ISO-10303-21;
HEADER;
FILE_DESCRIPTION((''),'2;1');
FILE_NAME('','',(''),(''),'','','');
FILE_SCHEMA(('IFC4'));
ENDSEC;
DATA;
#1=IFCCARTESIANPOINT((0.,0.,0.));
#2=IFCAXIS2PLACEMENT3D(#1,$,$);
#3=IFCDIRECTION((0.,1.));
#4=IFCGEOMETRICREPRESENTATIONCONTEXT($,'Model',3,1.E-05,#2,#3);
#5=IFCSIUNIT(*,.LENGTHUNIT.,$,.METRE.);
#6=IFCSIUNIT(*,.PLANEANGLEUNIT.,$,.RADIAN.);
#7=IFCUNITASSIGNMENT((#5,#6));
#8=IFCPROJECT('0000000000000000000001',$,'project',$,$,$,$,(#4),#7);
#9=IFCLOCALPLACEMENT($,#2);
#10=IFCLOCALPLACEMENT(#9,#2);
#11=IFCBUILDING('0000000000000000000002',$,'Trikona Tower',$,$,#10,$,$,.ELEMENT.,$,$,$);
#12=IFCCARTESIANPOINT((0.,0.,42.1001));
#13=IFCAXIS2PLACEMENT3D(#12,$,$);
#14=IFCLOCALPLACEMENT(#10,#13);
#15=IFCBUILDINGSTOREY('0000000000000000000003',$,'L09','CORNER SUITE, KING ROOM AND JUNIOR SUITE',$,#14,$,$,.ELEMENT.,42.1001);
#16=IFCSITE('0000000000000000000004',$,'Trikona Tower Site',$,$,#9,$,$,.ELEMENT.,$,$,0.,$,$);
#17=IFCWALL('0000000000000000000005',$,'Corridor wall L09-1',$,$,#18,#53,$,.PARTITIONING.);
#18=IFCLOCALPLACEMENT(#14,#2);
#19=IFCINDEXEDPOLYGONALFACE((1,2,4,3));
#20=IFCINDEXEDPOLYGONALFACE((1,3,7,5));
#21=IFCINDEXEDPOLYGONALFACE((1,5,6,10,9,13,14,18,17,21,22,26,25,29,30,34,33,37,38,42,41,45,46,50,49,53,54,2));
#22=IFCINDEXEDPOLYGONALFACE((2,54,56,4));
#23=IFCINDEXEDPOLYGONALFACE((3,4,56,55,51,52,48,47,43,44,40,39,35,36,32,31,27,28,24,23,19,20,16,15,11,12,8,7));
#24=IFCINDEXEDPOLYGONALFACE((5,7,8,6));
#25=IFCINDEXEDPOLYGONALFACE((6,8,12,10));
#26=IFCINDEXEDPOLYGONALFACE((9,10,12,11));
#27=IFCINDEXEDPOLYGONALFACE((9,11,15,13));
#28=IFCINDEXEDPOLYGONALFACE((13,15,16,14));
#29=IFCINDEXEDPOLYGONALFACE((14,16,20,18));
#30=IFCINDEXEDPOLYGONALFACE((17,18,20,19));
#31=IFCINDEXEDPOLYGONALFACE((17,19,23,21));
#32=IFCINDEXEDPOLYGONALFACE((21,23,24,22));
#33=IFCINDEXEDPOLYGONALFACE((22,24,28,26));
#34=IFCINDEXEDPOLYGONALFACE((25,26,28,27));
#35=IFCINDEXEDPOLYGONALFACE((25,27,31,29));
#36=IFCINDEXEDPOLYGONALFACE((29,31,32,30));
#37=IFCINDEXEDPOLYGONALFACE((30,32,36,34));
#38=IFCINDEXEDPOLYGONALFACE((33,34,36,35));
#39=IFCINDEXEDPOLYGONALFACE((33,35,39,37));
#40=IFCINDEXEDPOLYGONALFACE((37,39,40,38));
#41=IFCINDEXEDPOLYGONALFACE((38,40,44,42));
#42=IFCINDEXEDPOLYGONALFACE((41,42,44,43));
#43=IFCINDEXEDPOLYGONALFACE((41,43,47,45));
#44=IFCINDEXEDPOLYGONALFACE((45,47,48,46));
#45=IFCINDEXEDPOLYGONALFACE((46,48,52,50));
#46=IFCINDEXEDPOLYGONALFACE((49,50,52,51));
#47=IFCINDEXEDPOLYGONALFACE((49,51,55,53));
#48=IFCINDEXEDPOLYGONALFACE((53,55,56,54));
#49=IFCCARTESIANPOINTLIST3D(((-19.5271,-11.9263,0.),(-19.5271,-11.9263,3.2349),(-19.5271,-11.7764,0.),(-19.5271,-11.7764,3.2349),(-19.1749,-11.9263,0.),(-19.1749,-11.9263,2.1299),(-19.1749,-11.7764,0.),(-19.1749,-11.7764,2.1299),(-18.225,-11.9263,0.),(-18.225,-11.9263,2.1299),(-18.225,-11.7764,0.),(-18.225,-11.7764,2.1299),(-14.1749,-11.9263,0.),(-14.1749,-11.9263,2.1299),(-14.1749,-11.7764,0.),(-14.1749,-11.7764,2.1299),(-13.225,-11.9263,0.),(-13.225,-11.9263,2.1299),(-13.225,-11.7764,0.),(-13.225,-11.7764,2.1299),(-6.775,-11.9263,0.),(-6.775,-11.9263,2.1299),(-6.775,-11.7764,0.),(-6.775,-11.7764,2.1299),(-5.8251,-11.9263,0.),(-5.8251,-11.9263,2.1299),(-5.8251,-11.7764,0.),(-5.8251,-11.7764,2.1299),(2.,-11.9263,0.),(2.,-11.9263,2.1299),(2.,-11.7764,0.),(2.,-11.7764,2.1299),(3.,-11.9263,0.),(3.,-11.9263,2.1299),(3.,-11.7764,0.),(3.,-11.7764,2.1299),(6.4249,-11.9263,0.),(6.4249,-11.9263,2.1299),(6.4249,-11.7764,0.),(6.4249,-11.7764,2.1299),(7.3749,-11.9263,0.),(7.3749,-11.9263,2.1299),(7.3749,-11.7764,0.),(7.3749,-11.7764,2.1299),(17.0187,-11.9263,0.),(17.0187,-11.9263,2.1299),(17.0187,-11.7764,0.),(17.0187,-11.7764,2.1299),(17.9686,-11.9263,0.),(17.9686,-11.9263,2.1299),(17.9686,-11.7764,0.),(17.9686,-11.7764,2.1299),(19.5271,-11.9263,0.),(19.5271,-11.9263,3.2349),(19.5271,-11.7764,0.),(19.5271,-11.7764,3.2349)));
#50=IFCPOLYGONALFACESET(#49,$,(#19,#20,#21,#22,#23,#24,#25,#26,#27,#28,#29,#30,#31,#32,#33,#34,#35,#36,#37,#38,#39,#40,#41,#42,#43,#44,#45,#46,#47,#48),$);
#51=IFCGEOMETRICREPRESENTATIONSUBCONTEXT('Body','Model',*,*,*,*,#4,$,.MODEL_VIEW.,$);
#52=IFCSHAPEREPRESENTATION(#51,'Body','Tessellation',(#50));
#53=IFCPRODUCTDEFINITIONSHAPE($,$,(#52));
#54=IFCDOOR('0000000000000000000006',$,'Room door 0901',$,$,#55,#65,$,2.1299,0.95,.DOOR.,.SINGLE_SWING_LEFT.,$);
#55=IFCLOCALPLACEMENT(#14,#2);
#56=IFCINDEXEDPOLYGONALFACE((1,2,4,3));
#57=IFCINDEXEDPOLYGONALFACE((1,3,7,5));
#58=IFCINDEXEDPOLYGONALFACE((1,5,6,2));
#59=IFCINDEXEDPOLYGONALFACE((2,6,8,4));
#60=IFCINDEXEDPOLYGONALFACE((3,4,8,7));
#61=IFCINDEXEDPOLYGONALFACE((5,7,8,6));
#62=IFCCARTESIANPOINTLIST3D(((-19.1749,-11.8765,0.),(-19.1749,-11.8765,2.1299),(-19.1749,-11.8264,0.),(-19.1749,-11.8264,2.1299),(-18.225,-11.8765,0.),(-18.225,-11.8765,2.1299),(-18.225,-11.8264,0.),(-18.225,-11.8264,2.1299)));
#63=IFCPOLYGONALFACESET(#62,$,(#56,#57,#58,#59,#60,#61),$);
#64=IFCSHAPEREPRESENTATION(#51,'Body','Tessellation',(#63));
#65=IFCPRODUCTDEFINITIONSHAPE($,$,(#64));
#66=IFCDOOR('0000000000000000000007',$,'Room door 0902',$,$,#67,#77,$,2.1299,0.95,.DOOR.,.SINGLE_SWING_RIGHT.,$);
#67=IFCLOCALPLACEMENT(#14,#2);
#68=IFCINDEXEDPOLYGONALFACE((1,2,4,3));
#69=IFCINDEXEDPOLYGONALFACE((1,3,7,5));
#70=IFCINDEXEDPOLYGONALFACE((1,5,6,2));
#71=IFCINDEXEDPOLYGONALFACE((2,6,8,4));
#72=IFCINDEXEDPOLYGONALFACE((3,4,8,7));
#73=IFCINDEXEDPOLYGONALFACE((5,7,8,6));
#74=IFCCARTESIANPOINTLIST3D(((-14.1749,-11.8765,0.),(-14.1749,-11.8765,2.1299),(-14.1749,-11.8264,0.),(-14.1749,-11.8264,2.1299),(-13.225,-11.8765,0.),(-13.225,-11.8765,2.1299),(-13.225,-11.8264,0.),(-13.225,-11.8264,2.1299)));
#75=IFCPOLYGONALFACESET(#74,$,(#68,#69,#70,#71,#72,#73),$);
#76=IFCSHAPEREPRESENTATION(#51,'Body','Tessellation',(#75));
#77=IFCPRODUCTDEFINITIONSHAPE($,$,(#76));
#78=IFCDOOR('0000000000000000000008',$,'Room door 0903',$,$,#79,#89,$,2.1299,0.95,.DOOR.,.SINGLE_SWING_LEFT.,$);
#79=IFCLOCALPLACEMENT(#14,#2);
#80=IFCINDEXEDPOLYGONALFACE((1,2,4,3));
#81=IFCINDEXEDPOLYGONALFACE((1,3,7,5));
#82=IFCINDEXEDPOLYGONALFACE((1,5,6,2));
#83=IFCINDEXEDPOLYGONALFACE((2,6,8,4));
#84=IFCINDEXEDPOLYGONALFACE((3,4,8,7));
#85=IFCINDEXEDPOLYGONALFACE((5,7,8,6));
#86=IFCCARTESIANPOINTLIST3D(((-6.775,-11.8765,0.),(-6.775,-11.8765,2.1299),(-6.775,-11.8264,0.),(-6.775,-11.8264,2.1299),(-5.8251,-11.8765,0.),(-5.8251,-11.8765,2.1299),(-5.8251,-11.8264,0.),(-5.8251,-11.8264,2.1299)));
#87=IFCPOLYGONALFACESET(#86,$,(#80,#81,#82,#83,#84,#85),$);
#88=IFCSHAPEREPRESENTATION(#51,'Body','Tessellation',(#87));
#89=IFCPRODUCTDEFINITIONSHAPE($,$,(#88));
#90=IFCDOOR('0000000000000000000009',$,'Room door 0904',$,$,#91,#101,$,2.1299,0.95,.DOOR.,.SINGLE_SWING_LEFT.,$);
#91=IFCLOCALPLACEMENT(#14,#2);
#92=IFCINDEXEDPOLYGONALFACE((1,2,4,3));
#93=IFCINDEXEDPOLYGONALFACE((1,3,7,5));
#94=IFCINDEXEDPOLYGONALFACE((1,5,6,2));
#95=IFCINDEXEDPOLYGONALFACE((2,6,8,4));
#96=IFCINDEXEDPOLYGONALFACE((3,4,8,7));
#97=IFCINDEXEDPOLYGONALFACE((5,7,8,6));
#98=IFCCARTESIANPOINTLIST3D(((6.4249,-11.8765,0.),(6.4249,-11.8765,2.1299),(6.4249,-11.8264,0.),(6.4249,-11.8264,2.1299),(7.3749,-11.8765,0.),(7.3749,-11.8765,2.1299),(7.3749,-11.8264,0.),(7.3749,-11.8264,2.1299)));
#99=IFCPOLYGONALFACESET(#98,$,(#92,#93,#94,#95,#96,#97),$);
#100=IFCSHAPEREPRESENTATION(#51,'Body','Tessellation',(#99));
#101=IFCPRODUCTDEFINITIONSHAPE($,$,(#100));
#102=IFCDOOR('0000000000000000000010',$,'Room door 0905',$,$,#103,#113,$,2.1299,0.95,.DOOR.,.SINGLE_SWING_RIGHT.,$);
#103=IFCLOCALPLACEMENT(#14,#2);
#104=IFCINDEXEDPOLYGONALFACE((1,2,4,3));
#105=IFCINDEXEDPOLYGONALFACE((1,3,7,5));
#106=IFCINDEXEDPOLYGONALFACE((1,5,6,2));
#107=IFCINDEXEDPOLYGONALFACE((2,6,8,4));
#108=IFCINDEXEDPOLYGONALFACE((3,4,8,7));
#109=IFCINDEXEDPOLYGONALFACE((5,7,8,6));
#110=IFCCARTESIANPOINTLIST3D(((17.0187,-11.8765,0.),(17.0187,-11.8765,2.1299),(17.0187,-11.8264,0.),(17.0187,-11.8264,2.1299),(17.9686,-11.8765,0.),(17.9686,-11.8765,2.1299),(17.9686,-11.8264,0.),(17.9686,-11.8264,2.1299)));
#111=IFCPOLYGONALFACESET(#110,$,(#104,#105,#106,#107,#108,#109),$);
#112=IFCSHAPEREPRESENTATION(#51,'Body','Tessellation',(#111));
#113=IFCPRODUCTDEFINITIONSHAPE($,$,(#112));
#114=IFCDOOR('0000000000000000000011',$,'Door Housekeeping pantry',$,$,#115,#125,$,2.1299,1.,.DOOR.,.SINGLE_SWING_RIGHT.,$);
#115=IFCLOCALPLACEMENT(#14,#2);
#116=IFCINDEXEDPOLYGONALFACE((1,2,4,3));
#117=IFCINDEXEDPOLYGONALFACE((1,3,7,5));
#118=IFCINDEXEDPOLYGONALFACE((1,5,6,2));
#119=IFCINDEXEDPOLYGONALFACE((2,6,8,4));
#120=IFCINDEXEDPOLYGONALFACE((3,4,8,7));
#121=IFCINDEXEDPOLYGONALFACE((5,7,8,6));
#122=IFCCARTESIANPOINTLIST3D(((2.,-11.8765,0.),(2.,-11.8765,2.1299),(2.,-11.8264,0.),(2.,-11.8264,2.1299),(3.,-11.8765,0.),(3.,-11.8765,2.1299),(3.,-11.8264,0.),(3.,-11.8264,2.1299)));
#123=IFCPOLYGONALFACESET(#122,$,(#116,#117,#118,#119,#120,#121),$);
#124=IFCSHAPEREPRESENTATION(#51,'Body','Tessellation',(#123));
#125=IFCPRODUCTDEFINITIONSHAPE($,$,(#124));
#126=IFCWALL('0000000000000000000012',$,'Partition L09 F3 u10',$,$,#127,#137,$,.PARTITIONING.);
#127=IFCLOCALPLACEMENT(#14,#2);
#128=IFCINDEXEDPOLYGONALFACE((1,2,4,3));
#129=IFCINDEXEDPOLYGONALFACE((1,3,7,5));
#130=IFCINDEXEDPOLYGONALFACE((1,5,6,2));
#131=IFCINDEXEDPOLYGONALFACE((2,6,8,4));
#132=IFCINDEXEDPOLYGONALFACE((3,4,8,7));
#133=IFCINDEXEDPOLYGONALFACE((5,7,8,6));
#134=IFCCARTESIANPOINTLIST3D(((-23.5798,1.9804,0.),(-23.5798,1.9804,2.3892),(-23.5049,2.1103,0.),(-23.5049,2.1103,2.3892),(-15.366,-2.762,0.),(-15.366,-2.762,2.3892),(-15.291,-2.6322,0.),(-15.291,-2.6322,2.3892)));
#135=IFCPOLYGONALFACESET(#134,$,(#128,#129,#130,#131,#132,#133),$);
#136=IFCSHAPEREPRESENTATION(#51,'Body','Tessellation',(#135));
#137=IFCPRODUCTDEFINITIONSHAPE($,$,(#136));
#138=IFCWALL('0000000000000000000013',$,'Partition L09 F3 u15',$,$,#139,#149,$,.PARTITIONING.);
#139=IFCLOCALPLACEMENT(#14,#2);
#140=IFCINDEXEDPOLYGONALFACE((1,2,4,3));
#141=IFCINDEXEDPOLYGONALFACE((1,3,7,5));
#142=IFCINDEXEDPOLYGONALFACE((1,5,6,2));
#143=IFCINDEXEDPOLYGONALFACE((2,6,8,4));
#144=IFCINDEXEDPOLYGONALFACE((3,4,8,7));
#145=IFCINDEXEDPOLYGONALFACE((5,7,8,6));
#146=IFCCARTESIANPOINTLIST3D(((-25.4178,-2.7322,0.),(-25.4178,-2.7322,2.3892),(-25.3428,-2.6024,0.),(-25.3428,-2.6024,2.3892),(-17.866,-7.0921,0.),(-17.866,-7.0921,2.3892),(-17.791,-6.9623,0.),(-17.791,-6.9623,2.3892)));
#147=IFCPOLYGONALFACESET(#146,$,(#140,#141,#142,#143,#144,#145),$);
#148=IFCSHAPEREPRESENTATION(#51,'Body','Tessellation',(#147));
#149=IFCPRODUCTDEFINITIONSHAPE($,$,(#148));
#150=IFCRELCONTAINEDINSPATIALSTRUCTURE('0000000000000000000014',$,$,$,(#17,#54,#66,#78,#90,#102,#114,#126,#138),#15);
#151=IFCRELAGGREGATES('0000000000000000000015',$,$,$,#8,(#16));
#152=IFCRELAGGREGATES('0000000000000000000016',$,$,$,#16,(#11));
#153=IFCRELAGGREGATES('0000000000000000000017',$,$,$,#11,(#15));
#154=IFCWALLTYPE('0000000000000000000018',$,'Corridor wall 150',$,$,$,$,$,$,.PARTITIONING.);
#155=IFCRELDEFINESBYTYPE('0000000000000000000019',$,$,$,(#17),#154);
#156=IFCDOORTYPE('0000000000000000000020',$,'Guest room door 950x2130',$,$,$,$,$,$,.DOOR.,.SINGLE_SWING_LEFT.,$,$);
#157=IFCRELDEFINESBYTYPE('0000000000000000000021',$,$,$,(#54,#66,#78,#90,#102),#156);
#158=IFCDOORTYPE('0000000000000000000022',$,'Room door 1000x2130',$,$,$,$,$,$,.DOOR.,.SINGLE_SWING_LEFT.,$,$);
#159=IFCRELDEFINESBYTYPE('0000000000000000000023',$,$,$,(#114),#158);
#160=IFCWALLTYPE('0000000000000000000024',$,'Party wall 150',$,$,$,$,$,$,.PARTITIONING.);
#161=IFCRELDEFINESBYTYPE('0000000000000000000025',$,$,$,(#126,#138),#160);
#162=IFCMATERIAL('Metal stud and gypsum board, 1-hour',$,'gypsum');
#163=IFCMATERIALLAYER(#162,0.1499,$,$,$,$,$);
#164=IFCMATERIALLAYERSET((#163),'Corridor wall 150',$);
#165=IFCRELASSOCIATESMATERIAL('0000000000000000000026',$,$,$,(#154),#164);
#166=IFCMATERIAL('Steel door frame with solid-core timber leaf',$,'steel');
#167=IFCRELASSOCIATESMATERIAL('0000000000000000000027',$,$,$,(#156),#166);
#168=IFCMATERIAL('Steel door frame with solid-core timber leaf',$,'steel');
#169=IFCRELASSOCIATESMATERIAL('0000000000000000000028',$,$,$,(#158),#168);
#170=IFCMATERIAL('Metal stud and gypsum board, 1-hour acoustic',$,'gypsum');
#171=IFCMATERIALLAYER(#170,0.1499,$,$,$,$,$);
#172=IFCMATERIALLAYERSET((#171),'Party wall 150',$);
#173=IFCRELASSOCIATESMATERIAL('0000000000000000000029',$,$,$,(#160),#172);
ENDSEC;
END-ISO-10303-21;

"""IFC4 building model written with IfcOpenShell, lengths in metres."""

from ifc_helpers import new_model, si_unit, direction, frame, frame_2d, origin, place, context, subcontext, project, spatial, rectangle, extrude, material, layer, layer_set, type_object, element, fill, save


model = new_model("IFC4")

# Units and contexts
model_context = context("Model", 3, precision=1e-05, world=origin(), true_north=direction((0.0, 1.0)))
body_context = subcontext(model_context, "Body", "Model", "MODEL_VIEW")
ifc_project = project(units=[si_unit("LENGTHUNIT", "METRE"), si_unit("PLANEANGLEUNIT", "RADIAN")], contexts=[model_context])

# Site, building, storey
site_placement = place(None, origin())
site = spatial("IfcSite", under=ifc_project, at=site_placement, Name="Trikona Tower Site", CompositionType="ELEMENT", RefElevation=0.0)
building_placement = place(site_placement, origin())
building = spatial("IfcBuilding", under=site, at=building_placement, Name="Trikona Tower", CompositionType="ELEMENT")
storey_placement = place(building_placement, frame((0.0, 0.0, 42.1001)))
storey = spatial("IfcBuildingStorey", under=building, at=storey_placement, Name="L09", Description="CORNER SUITE, KING ROOM AND JUNIOR SUITE", CompositionType="ELEMENT", Elevation=42.1001)

# Wall, openings, doors
ifc_material_1 = material(Name="Metal stud and gypsum board, 1-hour", Category="gypsum")
ifc_layer_1 = layer(ifc_material_1, 0.1499)
ifc_layer_set_1 = layer_set([ifc_layer_1], Name="Corridor wall 150")
wall_type_1 = type_object("IfcWallType", Name="Corridor wall 150", PredefinedType="PARTITIONING", material=ifc_layer_set_1)
wall_1_placement = place(storey_placement, frame((-19.5271, -11.8513, 0.0), z_axis=(0.0, 0.0, 1.0), x_axis=(1.0, 0.0, 0.0)))
wall_1 = element("IfcWall", 1, at=wall_1_placement, inside=storey, type_object=wall_type_1, Name="Corridor wall L09-1", PredefinedType="PARTITIONING", context=body_context, shape_type="SweptSolid", body=[
    extrude(rectangle(XDim=39.0542, YDim=0.1499, at=frame_2d((19.5271, 0.0))), origin(), (0.0, 0.0, 1.0), 3.2349),
])
opening_1_placement = place(wall_1_placement, frame((0.3521, 0.0, 0.0)))
opening_1 = element("IfcOpeningElement", 2, at=opening_1_placement, cuts=wall_1, PredefinedType="OPENING", context=body_context, shape_type="SweptSolid", body=[
    extrude(rectangle(XDim=0.95, YDim=2.1299, at=frame_2d((0.4751, 1.0649))), frame((0.0, 0.085, 0.0), z_axis=(0.0, -1.0, 0.0), x_axis=(1.0, 0.0, 0.0)), (0.0, 0.0, 1.0), 0.1699),
])
opening_2_placement = place(wall_1_placement, frame((5.3521, 0.0, 0.0)))
opening_2 = element("IfcOpeningElement", 3, at=opening_2_placement, cuts=wall_1, PredefinedType="OPENING", context=body_context, shape_type="SweptSolid", body=[
    extrude(rectangle(XDim=0.95, YDim=2.1299, at=frame_2d((0.4751, 1.0649))), frame((0.0, 0.085, 0.0), z_axis=(0.0, -1.0, 0.0), x_axis=(1.0, 0.0, 0.0)), (0.0, 0.0, 1.0), 0.1699),
])
opening_3_placement = place(wall_1_placement, frame((12.752, 0.0, 0.0)))
opening_3 = element("IfcOpeningElement", 4, at=opening_3_placement, cuts=wall_1, PredefinedType="OPENING", context=body_context, shape_type="SweptSolid", body=[
    extrude(rectangle(XDim=0.95, YDim=2.1299, at=frame_2d((0.4751, 1.0649))), frame((0.0, 0.085, 0.0), z_axis=(0.0, -1.0, 0.0), x_axis=(1.0, 0.0, 0.0)), (0.0, 0.0, 1.0), 0.1699),
])
opening_4_placement = place(wall_1_placement, frame((21.5271, 0.0, 0.0)))
opening_4 = element("IfcOpeningElement", 5, at=opening_4_placement, cuts=wall_1, PredefinedType="OPENING", context=body_context, shape_type="SweptSolid", body=[
    extrude(rectangle(XDim=1.0, YDim=2.1299, at=frame_2d((0.5, 1.0649))), frame((0.0, 0.085, 0.0), z_axis=(0.0, -1.0, 0.0), x_axis=(1.0, 0.0, 0.0)), (0.0, 0.0, 1.0), 0.1699),
])
opening_5_placement = place(wall_1_placement, frame((25.9519, 0.0, 0.0)))
opening_5 = element("IfcOpeningElement", 6, at=opening_5_placement, cuts=wall_1, PredefinedType="OPENING", context=body_context, shape_type="SweptSolid", body=[
    extrude(rectangle(XDim=0.95, YDim=2.1299, at=frame_2d((0.4751, 1.0649))), frame((0.0, 0.085, 0.0), z_axis=(0.0, -1.0, 0.0), x_axis=(1.0, 0.0, 0.0)), (0.0, 0.0, 1.0), 0.1699),
])
opening_6_placement = place(wall_1_placement, frame((36.5457, 0.0, 0.0)))
opening_6 = element("IfcOpeningElement", 7, at=opening_6_placement, cuts=wall_1, PredefinedType="OPENING", context=body_context, shape_type="SweptSolid", body=[
    extrude(rectangle(XDim=0.95, YDim=2.1299, at=frame_2d((0.4751, 1.0649))), frame((0.0, 0.085, 0.0), z_axis=(0.0, -1.0, 0.0), x_axis=(1.0, 0.0, 0.0)), (0.0, 0.0, 1.0), 0.1699),
])
ifc_material_2 = material(Name="Steel door frame with solid-core timber leaf", Category="steel")
door_type_1 = type_object("IfcDoorType", Name="Guest room door 950x2130", OperationType="SINGLE_SWING_LEFT", PredefinedType="DOOR", material=ifc_material_2)
door_1_placement = place(opening_1_placement, origin())
door_1 = element("IfcDoor", 8, at=door_1_placement, inside=storey, type_object=door_type_1, Name="Room door 0901", OperationType="SINGLE_SWING_LEFT", OverallHeight=2.1299, OverallWidth=0.95, PredefinedType="DOOR", context=body_context, shape_type="SweptSolid", body=[
    extrude(rectangle(XDim=0.95, YDim=2.1299, at=frame_2d((0.4751, 1.0649))), frame((0.0, 0.0249, 0.0), z_axis=(0.0, -1.0, 0.0), x_axis=(1.0, 0.0, 0.0)), (0.0, 0.0, 1.0), 0.05),
])
fill(opening_1, door_1)
door_2_placement = place(opening_2_placement, origin())
door_2 = element("IfcDoor", 9, at=door_2_placement, inside=storey, type_object=door_type_1, Name="Room door 0902", OperationType="SINGLE_SWING_RIGHT", OverallHeight=2.1299, OverallWidth=0.95, PredefinedType="DOOR", context=body_context, shape_type="SweptSolid", body=[
    extrude(rectangle(XDim=0.95, YDim=2.1299, at=frame_2d((0.4751, 1.0649))), frame((0.0, 0.0249, 0.0), z_axis=(0.0, -1.0, 0.0), x_axis=(1.0, 0.0, 0.0)), (0.0, 0.0, 1.0), 0.05),
])
fill(opening_2, door_2)
door_3_placement = place(opening_3_placement, origin())
door_3 = element("IfcDoor", 10, at=door_3_placement, inside=storey, type_object=door_type_1, Name="Room door 0903", OperationType="SINGLE_SWING_LEFT", OverallHeight=2.1299, OverallWidth=0.95, PredefinedType="DOOR", context=body_context, shape_type="SweptSolid", body=[
    extrude(rectangle(XDim=0.95, YDim=2.1299, at=frame_2d((0.4751, 1.0649))), frame((0.0, 0.0249, 0.0), z_axis=(0.0, -1.0, 0.0), x_axis=(1.0, 0.0, 0.0)), (0.0, 0.0, 1.0), 0.05),
])
fill(opening_3, door_3)
door_4_placement = place(opening_5_placement, origin())
door_4 = element("IfcDoor", 11, at=door_4_placement, inside=storey, type_object=door_type_1, Name="Room door 0904", OperationType="SINGLE_SWING_LEFT", OverallHeight=2.1299, OverallWidth=0.95, PredefinedType="DOOR", context=body_context, shape_type="SweptSolid", body=[
    extrude(rectangle(XDim=0.95, YDim=2.1299, at=frame_2d((0.4751, 1.0649))), frame((0.0, 0.0249, 0.0), z_axis=(0.0, -1.0, 0.0), x_axis=(1.0, 0.0, 0.0)), (0.0, 0.0, 1.0), 0.05),
])
fill(opening_5, door_4)
door_5_placement = place(opening_6_placement, origin())
door_5 = element("IfcDoor", 12, at=door_5_placement, inside=storey, type_object=door_type_1, Name="Room door 0905", OperationType="SINGLE_SWING_RIGHT", OverallHeight=2.1299, OverallWidth=0.95, PredefinedType="DOOR", context=body_context, shape_type="SweptSolid", body=[
    extrude(rectangle(XDim=0.95, YDim=2.1299, at=frame_2d((0.4751, 1.0649))), frame((0.0, 0.0249, 0.0), z_axis=(0.0, -1.0, 0.0), x_axis=(1.0, 0.0, 0.0)), (0.0, 0.0, 1.0), 0.05),
])
fill(opening_6, door_5)
ifc_material_3 = material(Name="Steel door frame with solid-core timber leaf", Category="steel")
door_type_2 = type_object("IfcDoorType", Name="Room door 1000x2130", OperationType="SINGLE_SWING_LEFT", PredefinedType="DOOR", material=ifc_material_3)
door_6_placement = place(opening_4_placement, origin())
door_6 = element("IfcDoor", 13, at=door_6_placement, inside=storey, type_object=door_type_2, Name="Door Housekeeping pantry", OperationType="SINGLE_SWING_RIGHT", OverallHeight=2.1299, OverallWidth=1.0, PredefinedType="DOOR", context=body_context, shape_type="SweptSolid", body=[
    extrude(rectangle(XDim=1.0, YDim=2.1299, at=frame_2d((0.5, 1.0649))), frame((0.0, 0.0249, 0.0), z_axis=(0.0, -1.0, 0.0), x_axis=(1.0, 0.0, 0.0)), (0.0, 0.0, 1.0), 0.05),
])
fill(opening_4, door_6)

# Walls
ifc_material_4 = material(Name="Metal stud and gypsum board, 1-hour acoustic", Category="gypsum")
ifc_layer_2 = layer(ifc_material_4, 0.1499)
ifc_layer_set_2 = layer_set([ifc_layer_2], Name="Party wall 150")
wall_type_2 = type_object("IfcWallType", Name="Party wall 150", PredefinedType="PARTITIONING", material=ifc_layer_set_2)
wall_2_placement = place(storey_placement, frame((-15.3286, -2.697, 0.0), z_axis=(0.0, 0.0, 1.0), x_axis=(-0.866018, 0.500012, 0.0)))
element("IfcWall", 14, at=wall_2_placement, inside=storey, type_object=wall_type_2, Name="Partition L09 F3 u10", PredefinedType="PARTITIONING", context=body_context, shape_type="SweptSolid", body=[
    extrude(rectangle(XDim=9.4846, YDim=0.1499, at=frame_2d((4.7422, 0.0))), origin(), (0.0, 0.0, 1.0), 2.3892),
])
wall_3_placement = place(storey_placement, frame((-17.8286, -7.0271, 0.0), z_axis=(0.0, 0.0, 1.0), x_axis=(-0.866033, 0.499987, 0.0)))
element("IfcWall", 15, at=wall_3_placement, inside=storey, type_object=wall_type_2, Name="Partition L09 F3 u15", PredefinedType="PARTITIONING", context=body_context, shape_type="SweptSolid", body=[
    extrude(rectangle(XDim=8.72, YDim=0.1499, at=frame_2d((4.3599, 0.0))), origin(), (0.0, 0.0, 1.0), 2.3892),
])

save(model, "model.ifc")
